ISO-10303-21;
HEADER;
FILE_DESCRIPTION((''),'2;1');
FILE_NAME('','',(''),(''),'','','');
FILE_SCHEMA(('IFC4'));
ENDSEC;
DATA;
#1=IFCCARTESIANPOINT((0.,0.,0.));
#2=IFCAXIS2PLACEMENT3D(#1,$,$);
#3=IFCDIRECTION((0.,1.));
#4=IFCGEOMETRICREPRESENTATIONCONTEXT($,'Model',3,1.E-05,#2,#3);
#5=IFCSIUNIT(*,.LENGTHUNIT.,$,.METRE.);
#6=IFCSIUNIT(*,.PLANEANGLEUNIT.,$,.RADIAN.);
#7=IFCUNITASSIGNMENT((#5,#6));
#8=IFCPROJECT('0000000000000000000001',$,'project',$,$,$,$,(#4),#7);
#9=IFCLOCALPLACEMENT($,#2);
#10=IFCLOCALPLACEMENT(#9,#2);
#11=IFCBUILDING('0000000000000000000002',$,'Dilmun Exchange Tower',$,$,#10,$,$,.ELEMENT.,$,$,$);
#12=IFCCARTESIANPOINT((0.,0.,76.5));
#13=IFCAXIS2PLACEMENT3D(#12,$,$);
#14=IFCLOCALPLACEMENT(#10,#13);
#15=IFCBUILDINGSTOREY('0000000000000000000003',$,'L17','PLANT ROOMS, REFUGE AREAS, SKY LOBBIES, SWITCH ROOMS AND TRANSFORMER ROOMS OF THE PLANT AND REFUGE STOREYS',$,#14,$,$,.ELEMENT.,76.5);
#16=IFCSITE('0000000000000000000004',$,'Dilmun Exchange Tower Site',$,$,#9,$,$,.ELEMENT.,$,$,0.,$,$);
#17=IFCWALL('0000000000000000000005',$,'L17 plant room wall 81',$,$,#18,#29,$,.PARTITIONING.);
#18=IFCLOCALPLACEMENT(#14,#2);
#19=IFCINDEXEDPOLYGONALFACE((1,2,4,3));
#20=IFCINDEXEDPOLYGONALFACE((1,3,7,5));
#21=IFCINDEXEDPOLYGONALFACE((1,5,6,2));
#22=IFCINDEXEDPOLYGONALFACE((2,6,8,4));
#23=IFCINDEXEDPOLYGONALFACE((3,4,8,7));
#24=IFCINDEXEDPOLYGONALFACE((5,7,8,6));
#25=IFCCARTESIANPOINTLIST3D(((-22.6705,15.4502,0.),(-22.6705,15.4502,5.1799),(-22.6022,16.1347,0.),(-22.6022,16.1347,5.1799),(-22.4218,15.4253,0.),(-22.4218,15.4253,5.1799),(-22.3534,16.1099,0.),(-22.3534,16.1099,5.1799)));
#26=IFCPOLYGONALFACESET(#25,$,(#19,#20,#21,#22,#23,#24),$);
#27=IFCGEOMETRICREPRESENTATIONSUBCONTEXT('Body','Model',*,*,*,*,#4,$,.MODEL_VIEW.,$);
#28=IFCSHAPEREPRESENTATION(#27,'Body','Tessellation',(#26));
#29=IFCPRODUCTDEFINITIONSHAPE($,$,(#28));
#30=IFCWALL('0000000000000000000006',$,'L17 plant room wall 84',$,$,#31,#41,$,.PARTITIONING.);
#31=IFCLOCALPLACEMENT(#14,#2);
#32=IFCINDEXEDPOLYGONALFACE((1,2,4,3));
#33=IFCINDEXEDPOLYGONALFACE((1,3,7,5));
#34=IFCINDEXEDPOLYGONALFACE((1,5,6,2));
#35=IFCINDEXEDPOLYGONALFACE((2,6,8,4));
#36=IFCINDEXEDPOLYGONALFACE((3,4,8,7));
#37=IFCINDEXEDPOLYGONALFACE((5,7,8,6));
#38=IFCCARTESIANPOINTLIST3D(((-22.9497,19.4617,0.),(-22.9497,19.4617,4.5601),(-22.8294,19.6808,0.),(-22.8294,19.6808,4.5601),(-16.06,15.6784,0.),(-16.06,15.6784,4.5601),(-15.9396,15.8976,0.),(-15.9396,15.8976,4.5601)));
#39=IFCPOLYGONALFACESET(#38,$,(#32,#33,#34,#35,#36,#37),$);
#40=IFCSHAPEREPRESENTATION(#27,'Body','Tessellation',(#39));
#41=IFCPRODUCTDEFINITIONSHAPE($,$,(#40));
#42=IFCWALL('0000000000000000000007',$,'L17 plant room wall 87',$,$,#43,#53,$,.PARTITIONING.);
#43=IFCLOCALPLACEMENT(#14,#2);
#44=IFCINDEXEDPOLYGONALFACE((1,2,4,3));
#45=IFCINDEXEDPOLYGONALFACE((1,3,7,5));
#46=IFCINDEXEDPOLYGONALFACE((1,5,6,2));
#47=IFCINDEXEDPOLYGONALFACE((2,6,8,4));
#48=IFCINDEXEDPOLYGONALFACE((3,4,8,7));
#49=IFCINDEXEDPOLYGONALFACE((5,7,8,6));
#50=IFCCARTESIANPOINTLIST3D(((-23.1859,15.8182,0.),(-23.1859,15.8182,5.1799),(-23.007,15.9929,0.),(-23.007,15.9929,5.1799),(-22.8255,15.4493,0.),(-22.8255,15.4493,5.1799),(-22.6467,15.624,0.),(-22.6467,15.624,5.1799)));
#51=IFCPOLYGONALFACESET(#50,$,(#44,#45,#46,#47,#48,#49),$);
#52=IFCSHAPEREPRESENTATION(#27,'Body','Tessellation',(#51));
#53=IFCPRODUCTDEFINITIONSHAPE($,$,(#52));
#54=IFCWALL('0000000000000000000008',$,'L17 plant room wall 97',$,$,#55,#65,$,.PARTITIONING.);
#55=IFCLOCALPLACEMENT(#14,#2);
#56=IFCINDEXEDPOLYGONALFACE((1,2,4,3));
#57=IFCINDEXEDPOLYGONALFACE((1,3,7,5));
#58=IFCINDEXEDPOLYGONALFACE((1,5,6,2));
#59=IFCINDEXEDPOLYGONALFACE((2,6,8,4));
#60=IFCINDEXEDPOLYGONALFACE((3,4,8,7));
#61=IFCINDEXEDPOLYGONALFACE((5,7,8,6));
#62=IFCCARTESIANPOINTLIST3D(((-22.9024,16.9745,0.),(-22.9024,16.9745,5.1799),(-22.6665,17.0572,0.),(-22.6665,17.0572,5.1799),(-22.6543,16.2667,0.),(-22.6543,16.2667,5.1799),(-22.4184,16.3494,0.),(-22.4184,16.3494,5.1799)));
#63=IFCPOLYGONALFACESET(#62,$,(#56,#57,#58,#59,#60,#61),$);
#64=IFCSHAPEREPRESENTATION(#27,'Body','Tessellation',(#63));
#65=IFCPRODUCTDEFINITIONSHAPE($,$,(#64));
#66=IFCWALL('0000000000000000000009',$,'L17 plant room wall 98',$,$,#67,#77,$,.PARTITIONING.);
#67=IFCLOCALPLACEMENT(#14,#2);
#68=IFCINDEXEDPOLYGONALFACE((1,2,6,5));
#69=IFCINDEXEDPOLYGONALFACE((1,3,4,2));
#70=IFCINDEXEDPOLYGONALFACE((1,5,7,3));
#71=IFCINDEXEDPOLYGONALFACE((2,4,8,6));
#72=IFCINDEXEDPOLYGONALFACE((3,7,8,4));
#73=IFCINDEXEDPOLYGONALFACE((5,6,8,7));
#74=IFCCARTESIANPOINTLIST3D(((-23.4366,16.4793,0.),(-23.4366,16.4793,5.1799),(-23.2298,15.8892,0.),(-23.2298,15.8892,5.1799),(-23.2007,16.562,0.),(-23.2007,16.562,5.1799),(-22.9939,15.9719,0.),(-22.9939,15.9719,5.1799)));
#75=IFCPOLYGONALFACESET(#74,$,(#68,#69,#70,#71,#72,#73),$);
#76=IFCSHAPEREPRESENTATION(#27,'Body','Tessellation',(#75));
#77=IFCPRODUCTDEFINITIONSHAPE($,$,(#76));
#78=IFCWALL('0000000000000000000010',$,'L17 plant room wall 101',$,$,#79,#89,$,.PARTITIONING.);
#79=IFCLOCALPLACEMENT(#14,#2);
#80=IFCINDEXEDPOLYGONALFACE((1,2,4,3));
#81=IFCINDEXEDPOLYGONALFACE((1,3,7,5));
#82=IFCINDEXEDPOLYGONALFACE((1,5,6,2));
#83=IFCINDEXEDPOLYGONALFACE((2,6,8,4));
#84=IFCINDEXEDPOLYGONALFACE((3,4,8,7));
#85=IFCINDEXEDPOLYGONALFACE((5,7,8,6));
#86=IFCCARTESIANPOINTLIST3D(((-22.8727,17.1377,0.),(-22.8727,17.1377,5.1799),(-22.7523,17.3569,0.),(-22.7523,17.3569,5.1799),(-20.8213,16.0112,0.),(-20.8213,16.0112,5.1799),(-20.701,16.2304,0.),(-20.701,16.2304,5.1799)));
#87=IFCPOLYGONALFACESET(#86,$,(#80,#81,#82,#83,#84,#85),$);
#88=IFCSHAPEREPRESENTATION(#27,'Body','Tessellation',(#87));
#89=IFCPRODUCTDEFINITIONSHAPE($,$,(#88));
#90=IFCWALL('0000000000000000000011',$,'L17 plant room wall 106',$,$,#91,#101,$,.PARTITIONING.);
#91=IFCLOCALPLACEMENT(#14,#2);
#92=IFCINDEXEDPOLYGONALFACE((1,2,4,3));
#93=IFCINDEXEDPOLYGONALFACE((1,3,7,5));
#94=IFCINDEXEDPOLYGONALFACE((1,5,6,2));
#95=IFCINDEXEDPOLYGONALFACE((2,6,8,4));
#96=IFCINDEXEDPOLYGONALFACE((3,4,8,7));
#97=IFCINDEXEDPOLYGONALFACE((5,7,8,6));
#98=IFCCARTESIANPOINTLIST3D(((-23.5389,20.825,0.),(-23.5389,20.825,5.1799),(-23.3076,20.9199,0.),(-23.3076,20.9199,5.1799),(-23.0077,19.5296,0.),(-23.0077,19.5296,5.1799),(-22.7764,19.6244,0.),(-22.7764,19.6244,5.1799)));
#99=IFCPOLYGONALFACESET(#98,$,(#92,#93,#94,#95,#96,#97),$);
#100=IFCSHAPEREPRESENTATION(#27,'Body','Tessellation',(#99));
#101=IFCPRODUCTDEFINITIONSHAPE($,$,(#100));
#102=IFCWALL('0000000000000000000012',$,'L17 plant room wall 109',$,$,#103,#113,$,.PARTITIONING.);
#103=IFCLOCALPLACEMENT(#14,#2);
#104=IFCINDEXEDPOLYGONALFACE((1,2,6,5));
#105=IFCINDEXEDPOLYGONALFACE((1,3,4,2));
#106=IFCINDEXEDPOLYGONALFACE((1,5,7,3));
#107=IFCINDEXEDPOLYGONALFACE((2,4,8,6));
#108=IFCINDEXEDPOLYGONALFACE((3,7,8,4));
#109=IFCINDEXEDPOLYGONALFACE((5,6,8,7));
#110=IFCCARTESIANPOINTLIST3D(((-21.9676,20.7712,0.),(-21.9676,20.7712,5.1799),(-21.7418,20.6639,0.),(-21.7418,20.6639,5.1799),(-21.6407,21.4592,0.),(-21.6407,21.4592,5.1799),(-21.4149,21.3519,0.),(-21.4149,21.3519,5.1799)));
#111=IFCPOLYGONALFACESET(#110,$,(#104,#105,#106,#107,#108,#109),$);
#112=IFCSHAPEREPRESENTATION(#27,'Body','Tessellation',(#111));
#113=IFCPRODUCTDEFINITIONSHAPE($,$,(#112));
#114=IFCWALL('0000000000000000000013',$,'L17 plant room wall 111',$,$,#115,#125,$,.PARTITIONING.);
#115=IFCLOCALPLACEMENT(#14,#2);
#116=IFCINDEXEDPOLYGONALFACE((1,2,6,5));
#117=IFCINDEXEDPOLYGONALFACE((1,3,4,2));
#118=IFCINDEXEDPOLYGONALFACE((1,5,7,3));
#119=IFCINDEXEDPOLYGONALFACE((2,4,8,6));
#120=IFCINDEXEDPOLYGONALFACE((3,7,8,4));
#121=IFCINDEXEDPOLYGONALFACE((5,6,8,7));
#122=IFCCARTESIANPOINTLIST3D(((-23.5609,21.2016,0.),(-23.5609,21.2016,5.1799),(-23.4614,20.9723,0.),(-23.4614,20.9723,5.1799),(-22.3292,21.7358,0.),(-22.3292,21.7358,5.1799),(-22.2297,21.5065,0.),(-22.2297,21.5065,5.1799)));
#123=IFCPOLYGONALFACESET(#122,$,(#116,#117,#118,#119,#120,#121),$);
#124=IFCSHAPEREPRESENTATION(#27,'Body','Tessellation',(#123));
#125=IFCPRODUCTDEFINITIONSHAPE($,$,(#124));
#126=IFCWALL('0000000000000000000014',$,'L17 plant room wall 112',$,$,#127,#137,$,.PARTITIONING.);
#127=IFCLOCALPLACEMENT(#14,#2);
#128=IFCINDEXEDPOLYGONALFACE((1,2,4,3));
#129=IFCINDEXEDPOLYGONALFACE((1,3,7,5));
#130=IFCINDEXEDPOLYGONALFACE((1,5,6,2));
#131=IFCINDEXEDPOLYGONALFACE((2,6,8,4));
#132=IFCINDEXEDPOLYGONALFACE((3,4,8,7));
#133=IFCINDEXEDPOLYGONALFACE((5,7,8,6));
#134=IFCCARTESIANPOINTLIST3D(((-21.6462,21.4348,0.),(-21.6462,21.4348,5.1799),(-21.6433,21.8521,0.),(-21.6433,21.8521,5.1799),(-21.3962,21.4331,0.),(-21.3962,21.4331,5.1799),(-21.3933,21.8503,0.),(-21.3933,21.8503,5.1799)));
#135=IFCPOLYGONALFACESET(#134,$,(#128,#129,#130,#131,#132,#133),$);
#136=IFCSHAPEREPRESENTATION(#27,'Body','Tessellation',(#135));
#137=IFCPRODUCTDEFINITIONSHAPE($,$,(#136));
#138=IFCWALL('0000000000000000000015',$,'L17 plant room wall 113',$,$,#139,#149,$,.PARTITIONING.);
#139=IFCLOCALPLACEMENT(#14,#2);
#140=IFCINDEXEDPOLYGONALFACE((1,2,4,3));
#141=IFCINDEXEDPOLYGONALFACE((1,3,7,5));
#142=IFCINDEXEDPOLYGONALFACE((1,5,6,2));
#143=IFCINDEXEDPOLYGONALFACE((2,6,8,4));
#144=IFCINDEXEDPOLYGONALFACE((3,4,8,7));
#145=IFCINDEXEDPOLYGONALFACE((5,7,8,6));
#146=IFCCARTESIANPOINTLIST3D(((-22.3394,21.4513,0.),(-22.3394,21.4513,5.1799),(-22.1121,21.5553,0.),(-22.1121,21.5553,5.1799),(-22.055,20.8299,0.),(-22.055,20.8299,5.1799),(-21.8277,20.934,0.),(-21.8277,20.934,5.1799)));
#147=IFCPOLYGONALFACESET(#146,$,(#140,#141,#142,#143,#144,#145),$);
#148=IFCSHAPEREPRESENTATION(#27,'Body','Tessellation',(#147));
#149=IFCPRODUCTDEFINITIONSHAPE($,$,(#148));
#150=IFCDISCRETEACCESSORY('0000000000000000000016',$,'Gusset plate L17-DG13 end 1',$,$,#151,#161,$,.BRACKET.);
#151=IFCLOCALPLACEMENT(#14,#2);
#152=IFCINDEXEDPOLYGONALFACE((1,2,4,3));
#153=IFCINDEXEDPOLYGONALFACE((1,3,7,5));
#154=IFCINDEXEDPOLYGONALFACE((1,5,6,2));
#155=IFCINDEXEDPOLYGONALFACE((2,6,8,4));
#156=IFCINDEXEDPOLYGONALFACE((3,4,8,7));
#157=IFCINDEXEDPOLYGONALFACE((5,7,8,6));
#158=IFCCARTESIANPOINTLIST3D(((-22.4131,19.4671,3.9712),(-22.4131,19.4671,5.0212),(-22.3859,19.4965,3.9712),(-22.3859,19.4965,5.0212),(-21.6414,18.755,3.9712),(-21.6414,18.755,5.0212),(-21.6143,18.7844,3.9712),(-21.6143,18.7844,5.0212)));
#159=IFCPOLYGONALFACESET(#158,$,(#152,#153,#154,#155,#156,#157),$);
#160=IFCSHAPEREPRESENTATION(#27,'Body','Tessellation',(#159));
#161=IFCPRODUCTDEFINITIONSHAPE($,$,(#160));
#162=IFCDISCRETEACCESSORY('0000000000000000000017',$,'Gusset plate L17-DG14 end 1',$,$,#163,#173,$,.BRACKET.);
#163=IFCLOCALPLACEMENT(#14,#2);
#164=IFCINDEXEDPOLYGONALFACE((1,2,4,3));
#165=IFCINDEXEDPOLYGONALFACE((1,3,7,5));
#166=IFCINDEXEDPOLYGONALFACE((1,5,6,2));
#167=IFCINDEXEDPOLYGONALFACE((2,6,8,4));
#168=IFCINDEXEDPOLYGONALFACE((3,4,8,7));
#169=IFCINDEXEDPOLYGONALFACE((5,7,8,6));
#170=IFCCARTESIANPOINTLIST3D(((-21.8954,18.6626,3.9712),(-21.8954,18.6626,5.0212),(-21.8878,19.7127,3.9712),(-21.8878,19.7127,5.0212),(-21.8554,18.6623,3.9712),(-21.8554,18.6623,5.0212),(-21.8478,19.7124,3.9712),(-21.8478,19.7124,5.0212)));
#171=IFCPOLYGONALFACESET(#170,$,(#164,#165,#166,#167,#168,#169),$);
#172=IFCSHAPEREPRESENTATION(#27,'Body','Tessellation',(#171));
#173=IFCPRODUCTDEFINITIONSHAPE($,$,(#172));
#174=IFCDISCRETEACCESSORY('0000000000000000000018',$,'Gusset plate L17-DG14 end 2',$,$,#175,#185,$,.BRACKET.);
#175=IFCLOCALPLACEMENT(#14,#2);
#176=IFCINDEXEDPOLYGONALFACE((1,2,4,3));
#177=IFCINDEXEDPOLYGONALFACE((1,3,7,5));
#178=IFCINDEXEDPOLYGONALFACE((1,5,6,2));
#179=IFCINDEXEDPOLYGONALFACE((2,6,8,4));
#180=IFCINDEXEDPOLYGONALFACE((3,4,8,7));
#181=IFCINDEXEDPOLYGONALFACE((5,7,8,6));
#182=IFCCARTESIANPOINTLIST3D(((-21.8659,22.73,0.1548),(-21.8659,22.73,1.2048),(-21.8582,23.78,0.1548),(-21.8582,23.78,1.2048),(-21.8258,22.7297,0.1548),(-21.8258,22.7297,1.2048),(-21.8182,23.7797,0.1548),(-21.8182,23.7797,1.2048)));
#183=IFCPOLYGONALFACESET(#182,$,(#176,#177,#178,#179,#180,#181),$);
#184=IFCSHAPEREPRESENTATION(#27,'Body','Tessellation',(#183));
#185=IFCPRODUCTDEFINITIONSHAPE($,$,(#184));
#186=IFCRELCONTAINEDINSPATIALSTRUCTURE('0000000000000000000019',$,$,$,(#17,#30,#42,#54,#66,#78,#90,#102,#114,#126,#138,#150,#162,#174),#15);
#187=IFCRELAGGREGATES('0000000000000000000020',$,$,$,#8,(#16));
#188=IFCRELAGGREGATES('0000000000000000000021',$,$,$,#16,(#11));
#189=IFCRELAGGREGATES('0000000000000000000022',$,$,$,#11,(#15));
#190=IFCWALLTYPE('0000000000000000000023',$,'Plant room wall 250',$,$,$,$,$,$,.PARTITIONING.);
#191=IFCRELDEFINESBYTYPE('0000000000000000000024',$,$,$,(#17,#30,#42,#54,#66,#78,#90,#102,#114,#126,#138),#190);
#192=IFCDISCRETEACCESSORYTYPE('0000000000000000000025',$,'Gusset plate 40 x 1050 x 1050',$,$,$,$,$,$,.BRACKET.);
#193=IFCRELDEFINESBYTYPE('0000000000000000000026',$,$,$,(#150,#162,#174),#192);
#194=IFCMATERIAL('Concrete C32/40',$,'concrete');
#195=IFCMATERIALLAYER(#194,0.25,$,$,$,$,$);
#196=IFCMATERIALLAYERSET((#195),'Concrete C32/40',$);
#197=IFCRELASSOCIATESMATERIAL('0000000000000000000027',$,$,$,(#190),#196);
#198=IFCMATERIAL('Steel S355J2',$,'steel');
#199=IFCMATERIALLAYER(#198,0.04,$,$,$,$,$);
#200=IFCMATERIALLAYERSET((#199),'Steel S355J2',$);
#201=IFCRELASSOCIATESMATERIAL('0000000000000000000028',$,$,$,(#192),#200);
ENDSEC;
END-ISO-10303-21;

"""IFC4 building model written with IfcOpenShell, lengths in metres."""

from ifc_helpers import new_model, si_unit, direction, frame, frame_2d, origin, origin_2d, place, context, subcontext, project, spatial, rectangle, extrude, material, layer, layer_set, type_object, element, save


model = new_model("IFC4")

# Units and contexts
model_context = context("Model", 3, precision=1e-05, world=origin(), true_north=direction((0.0, 1.0)))
body_context = subcontext(model_context, "Body", "Model", "MODEL_VIEW")
ifc_project = project(units=[si_unit("LENGTHUNIT", "METRE"), si_unit("PLANEANGLEUNIT", "RADIAN")], contexts=[model_context])

# Site, building, storey
site_placement = place(None, origin())
site = spatial("IfcSite", under=ifc_project, at=site_placement, Name="Dilmun Exchange Tower Site", CompositionType="ELEMENT", RefElevation=0.0)
building_placement = place(site_placement, origin())
building = spatial("IfcBuilding", under=site, at=building_placement, Name="Dilmun Exchange Tower", CompositionType="ELEMENT")
storey_placement = place(building_placement, frame((0.0, 0.0, 76.5)))
storey = spatial("IfcBuildingStorey", under=building, at=storey_placement, Name="L17", Description="PLANT ROOMS, REFUGE AREAS, SKY LOBBIES, SWITCH ROOMS AND TRANSFORMER ROOMS OF THE PLANT AND REFUGE STOREYS", CompositionType="ELEMENT", Elevation=76.5)

# Walls
ifc_material_1 = material(Name="Concrete C32/40", Category="concrete")
ifc_layer_1 = layer(ifc_material_1, 0.25)
ifc_layer_set_1 = layer_set([ifc_layer_1], Name="Concrete C32/40")
wall_type = type_object("IfcWallType", Name="Plant room wall 250", PredefinedType="PARTITIONING", material=ifc_layer_set_1)
wall_1_placement = place(storey_placement, frame((-22.5461, 15.4377, 0.0), z_axis=(0.0, 0.0, 1.0), x_axis=(0.099363, 0.995051, 0.0)))
element("IfcWall", 1, at=wall_1_placement, inside=storey, type_object=wall_type, Name="L17 plant room wall 81", PredefinedType="PARTITIONING", context=body_context, shape_type="SweptSolid", body=[
    extrude(rectangle(XDim=0.688, YDim=0.25, at=frame_2d((0.344, 0.0))), origin(), (0.0, 0.0, 1.0), 5.1799),
])
wall_2_placement = place(storey_placement, frame((-22.8896, 19.5713, 0.0), z_axis=(0.0, 0.0, 1.0), x_axis=(0.876544, -0.481322, 0.0)))
element("IfcWall", 2, at=wall_2_placement, inside=storey, type_object=wall_type, Name="L17 plant room wall 84", PredefinedType="PARTITIONING", context=body_context, shape_type="SweptSolid", body=[
    extrude(rectangle(XDim=7.8601, YDim=0.25, at=frame_2d((3.9302, 0.0))), origin(), (0.0, 0.0, 1.0), 4.5601),
])
wall_3_placement = place(storey_placement, frame((-23.0964, 15.9055, 0.0), z_axis=(0.0, 0.0, 1.0), x_axis=(0.698773, -0.715343, 0.0)))
element("IfcWall", 3, at=wall_3_placement, inside=storey, type_object=wall_type, Name="L17 plant room wall 87", PredefinedType="PARTITIONING", context=body_context, shape_type="SweptSolid", body=[
    extrude(rectangle(XDim=0.5156, YDim=0.25, at=frame_2d((0.2578, 0.0))), origin(), (0.0, 0.0, 1.0), 5.1799),
])
wall_4_placement = place(storey_placement, frame((-22.7844, 17.0159, 0.0), z_axis=(0.0, 0.0, 1.0), x_axis=(0.330742, -0.943721, 0.0)))
element("IfcWall", 4, at=wall_4_placement, inside=storey, type_object=wall_type, Name="L17 plant room wall 97", PredefinedType="PARTITIONING", context=body_context, shape_type="SweptSolid", body=[
    extrude(rectangle(XDim=0.75, YDim=0.25, at=frame_2d((0.375, 0.0))), origin(), (0.0, 0.0, 1.0), 5.1799),
])
wall_5_placement = place(storey_placement, frame((-23.3186, 16.5205, 0.0), z_axis=(0.0, 0.0, 1.0), x_axis=(0.330716, -0.94373, 0.0)))
element("IfcWall", 5, at=wall_5_placement, inside=storey, type_object=wall_type, Name="L17 plant room wall 98", PredefinedType="PARTITIONING", context=body_context, shape_type="SweptSolid", body=[
    extrude(rectangle(XDim=0.6252, YDim=0.25, at=frame_2d((0.3125, 0.0))), origin(), (0.0, 0.0, 1.0), 5.1799),
])
wall_6_placement = place(storey_placement, frame((-22.8125, 17.2473, 0.0), z_axis=(0.0, 0.0, 1.0), x_axis=(0.876528, -0.48135, 0.0)))
element("IfcWall", 6, at=wall_6_placement, inside=storey, type_object=wall_type, Name="L17 plant room wall 101", PredefinedType="PARTITIONING", context=body_context, shape_type="SweptSolid", body=[
    extrude(rectangle(XDim=2.3403, YDim=0.25, at=frame_2d((1.1702, 0.0))), origin(), (0.0, 0.0, 1.0), 5.1799),
])
wall_7_placement = place(storey_placement, frame((-23.4233, 20.8726, 0.0), z_axis=(0.0, 0.0, 1.0), x_axis=(0.379434, -0.925219, 0.0)))
element("IfcWall", 7, at=wall_7_placement, inside=storey, type_object=wall_type, Name="L17 plant room wall 106", PredefinedType="PARTITIONING", context=body_context, shape_type="SweptSolid", body=[
    extrude(rectangle(XDim=1.4001, YDim=0.25, at=frame_2d((0.7002, 0.0))), origin(), (0.0, 0.0, 1.0), 5.1799),
])
wall_8_placement = place(storey_placement, frame((-21.8547, 20.7175, 0.0), z_axis=(0.0, 0.0, 1.0), x_axis=(0.429174, 0.903222, 0.0)))
element("IfcWall", 8, at=wall_8_placement, inside=storey, type_object=wall_type, Name="L17 plant room wall 109", PredefinedType="PARTITIONING", context=body_context, shape_type="SweptSolid", body=[
    extrude(rectangle(XDim=0.7617, YDim=0.25, at=frame_2d((0.3809, 0.0))), origin(), (0.0, 0.0, 1.0), 5.1799),
])
wall_9_placement = place(storey_placement, frame((-23.5112, 21.0869, 0.0), z_axis=(0.0, 0.0, 1.0), x_axis=(0.917434, 0.397888, 0.0)))
element("IfcWall", 9, at=wall_9_placement, inside=storey, type_object=wall_type, Name="L17 plant room wall 111", PredefinedType="PARTITIONING", context=body_context, shape_type="SweptSolid", body=[
    extrude(rectangle(XDim=1.3425, YDim=0.25, at=frame_2d((0.6714, 0.0))), origin(), (0.0, 0.0, 1.0), 5.1799),
])
wall_10_placement = place(storey_placement, frame((-21.5212, 21.4341, 0.0), z_axis=(0.0, 0.0, 1.0), x_axis=(0.007021, 0.999975, 0.0)))
element("IfcWall", 10, at=wall_10_placement, inside=storey, type_object=wall_type, Name="L17 plant room wall 112", PredefinedType="PARTITIONING", context=body_context, shape_type="SweptSolid", body=[
    extrude(rectangle(XDim=0.4172, YDim=0.25, at=frame_2d((0.2085, 0.0))), origin(), (0.0, 0.0, 1.0), 5.1799),
])
wall_11_placement = place(storey_placement, frame((-22.2258, 21.5034, 0.0), z_axis=(0.0, 0.0, 1.0), x_axis=(0.416224, -0.909262, 0.0)))
element("IfcWall", 11, at=wall_11_placement, inside=storey, type_object=wall_type, Name="L17 plant room wall 113", PredefinedType="PARTITIONING", context=body_context, shape_type="SweptSolid", body=[
    extrude(rectangle(XDim=0.6833, YDim=0.25, at=frame_2d((0.3418, 0.0))), origin(), (0.0, 0.0, 1.0), 5.1799),
])

# Discrete accessories
ifc_material_2 = material(Name="Steel S355J2", Category="steel")
ifc_layer_2 = layer(ifc_material_2, 0.04)
ifc_layer_set_2 = layer_set([ifc_layer_2], Name="Steel S355J2")
discrete_accessory_type = type_object("IfcDiscreteAccessoryType", Name="Gusset plate 40 x 1050 x 1050", PredefinedType="BRACKET", material=ifc_layer_set_2)
for number, where, z_axis, x_axis, name in (
    (12, (-22.0137, 19.1257, 3.9712), (0.0, 0.0, 1.0), (-0.734894, 0.678181, 0.0), "Gusset plate L17-DG13 end 1"),
    (13, (-21.8716, 19.1875, 3.9712), (0.0, 0.0, 1.0), (0.007257, 0.999974, 0.0), "Gusset plate L17-DG14 end 1"),
    (14, (-21.842, 23.2549, 0.1548), (0.0, 0.0, 1.0), (0.007257, 0.999974, 0.0), "Gusset plate L17-DG14 end 2"),
):
    element("IfcDiscreteAccessory", number, at=place(storey_placement, frame(where, z_axis=z_axis, x_axis=x_axis)), inside=storey, type_object=discrete_accessory_type, Name=name, PredefinedType="BRACKET", context=body_context, shape_type="SweptSolid", body=[
        extrude(rectangle(XDim=1.05, YDim=0.04, at=origin_2d()), origin(), (0.0, 0.0, 1.0), 1.05),
    ])

save(model, "model.ifc")
